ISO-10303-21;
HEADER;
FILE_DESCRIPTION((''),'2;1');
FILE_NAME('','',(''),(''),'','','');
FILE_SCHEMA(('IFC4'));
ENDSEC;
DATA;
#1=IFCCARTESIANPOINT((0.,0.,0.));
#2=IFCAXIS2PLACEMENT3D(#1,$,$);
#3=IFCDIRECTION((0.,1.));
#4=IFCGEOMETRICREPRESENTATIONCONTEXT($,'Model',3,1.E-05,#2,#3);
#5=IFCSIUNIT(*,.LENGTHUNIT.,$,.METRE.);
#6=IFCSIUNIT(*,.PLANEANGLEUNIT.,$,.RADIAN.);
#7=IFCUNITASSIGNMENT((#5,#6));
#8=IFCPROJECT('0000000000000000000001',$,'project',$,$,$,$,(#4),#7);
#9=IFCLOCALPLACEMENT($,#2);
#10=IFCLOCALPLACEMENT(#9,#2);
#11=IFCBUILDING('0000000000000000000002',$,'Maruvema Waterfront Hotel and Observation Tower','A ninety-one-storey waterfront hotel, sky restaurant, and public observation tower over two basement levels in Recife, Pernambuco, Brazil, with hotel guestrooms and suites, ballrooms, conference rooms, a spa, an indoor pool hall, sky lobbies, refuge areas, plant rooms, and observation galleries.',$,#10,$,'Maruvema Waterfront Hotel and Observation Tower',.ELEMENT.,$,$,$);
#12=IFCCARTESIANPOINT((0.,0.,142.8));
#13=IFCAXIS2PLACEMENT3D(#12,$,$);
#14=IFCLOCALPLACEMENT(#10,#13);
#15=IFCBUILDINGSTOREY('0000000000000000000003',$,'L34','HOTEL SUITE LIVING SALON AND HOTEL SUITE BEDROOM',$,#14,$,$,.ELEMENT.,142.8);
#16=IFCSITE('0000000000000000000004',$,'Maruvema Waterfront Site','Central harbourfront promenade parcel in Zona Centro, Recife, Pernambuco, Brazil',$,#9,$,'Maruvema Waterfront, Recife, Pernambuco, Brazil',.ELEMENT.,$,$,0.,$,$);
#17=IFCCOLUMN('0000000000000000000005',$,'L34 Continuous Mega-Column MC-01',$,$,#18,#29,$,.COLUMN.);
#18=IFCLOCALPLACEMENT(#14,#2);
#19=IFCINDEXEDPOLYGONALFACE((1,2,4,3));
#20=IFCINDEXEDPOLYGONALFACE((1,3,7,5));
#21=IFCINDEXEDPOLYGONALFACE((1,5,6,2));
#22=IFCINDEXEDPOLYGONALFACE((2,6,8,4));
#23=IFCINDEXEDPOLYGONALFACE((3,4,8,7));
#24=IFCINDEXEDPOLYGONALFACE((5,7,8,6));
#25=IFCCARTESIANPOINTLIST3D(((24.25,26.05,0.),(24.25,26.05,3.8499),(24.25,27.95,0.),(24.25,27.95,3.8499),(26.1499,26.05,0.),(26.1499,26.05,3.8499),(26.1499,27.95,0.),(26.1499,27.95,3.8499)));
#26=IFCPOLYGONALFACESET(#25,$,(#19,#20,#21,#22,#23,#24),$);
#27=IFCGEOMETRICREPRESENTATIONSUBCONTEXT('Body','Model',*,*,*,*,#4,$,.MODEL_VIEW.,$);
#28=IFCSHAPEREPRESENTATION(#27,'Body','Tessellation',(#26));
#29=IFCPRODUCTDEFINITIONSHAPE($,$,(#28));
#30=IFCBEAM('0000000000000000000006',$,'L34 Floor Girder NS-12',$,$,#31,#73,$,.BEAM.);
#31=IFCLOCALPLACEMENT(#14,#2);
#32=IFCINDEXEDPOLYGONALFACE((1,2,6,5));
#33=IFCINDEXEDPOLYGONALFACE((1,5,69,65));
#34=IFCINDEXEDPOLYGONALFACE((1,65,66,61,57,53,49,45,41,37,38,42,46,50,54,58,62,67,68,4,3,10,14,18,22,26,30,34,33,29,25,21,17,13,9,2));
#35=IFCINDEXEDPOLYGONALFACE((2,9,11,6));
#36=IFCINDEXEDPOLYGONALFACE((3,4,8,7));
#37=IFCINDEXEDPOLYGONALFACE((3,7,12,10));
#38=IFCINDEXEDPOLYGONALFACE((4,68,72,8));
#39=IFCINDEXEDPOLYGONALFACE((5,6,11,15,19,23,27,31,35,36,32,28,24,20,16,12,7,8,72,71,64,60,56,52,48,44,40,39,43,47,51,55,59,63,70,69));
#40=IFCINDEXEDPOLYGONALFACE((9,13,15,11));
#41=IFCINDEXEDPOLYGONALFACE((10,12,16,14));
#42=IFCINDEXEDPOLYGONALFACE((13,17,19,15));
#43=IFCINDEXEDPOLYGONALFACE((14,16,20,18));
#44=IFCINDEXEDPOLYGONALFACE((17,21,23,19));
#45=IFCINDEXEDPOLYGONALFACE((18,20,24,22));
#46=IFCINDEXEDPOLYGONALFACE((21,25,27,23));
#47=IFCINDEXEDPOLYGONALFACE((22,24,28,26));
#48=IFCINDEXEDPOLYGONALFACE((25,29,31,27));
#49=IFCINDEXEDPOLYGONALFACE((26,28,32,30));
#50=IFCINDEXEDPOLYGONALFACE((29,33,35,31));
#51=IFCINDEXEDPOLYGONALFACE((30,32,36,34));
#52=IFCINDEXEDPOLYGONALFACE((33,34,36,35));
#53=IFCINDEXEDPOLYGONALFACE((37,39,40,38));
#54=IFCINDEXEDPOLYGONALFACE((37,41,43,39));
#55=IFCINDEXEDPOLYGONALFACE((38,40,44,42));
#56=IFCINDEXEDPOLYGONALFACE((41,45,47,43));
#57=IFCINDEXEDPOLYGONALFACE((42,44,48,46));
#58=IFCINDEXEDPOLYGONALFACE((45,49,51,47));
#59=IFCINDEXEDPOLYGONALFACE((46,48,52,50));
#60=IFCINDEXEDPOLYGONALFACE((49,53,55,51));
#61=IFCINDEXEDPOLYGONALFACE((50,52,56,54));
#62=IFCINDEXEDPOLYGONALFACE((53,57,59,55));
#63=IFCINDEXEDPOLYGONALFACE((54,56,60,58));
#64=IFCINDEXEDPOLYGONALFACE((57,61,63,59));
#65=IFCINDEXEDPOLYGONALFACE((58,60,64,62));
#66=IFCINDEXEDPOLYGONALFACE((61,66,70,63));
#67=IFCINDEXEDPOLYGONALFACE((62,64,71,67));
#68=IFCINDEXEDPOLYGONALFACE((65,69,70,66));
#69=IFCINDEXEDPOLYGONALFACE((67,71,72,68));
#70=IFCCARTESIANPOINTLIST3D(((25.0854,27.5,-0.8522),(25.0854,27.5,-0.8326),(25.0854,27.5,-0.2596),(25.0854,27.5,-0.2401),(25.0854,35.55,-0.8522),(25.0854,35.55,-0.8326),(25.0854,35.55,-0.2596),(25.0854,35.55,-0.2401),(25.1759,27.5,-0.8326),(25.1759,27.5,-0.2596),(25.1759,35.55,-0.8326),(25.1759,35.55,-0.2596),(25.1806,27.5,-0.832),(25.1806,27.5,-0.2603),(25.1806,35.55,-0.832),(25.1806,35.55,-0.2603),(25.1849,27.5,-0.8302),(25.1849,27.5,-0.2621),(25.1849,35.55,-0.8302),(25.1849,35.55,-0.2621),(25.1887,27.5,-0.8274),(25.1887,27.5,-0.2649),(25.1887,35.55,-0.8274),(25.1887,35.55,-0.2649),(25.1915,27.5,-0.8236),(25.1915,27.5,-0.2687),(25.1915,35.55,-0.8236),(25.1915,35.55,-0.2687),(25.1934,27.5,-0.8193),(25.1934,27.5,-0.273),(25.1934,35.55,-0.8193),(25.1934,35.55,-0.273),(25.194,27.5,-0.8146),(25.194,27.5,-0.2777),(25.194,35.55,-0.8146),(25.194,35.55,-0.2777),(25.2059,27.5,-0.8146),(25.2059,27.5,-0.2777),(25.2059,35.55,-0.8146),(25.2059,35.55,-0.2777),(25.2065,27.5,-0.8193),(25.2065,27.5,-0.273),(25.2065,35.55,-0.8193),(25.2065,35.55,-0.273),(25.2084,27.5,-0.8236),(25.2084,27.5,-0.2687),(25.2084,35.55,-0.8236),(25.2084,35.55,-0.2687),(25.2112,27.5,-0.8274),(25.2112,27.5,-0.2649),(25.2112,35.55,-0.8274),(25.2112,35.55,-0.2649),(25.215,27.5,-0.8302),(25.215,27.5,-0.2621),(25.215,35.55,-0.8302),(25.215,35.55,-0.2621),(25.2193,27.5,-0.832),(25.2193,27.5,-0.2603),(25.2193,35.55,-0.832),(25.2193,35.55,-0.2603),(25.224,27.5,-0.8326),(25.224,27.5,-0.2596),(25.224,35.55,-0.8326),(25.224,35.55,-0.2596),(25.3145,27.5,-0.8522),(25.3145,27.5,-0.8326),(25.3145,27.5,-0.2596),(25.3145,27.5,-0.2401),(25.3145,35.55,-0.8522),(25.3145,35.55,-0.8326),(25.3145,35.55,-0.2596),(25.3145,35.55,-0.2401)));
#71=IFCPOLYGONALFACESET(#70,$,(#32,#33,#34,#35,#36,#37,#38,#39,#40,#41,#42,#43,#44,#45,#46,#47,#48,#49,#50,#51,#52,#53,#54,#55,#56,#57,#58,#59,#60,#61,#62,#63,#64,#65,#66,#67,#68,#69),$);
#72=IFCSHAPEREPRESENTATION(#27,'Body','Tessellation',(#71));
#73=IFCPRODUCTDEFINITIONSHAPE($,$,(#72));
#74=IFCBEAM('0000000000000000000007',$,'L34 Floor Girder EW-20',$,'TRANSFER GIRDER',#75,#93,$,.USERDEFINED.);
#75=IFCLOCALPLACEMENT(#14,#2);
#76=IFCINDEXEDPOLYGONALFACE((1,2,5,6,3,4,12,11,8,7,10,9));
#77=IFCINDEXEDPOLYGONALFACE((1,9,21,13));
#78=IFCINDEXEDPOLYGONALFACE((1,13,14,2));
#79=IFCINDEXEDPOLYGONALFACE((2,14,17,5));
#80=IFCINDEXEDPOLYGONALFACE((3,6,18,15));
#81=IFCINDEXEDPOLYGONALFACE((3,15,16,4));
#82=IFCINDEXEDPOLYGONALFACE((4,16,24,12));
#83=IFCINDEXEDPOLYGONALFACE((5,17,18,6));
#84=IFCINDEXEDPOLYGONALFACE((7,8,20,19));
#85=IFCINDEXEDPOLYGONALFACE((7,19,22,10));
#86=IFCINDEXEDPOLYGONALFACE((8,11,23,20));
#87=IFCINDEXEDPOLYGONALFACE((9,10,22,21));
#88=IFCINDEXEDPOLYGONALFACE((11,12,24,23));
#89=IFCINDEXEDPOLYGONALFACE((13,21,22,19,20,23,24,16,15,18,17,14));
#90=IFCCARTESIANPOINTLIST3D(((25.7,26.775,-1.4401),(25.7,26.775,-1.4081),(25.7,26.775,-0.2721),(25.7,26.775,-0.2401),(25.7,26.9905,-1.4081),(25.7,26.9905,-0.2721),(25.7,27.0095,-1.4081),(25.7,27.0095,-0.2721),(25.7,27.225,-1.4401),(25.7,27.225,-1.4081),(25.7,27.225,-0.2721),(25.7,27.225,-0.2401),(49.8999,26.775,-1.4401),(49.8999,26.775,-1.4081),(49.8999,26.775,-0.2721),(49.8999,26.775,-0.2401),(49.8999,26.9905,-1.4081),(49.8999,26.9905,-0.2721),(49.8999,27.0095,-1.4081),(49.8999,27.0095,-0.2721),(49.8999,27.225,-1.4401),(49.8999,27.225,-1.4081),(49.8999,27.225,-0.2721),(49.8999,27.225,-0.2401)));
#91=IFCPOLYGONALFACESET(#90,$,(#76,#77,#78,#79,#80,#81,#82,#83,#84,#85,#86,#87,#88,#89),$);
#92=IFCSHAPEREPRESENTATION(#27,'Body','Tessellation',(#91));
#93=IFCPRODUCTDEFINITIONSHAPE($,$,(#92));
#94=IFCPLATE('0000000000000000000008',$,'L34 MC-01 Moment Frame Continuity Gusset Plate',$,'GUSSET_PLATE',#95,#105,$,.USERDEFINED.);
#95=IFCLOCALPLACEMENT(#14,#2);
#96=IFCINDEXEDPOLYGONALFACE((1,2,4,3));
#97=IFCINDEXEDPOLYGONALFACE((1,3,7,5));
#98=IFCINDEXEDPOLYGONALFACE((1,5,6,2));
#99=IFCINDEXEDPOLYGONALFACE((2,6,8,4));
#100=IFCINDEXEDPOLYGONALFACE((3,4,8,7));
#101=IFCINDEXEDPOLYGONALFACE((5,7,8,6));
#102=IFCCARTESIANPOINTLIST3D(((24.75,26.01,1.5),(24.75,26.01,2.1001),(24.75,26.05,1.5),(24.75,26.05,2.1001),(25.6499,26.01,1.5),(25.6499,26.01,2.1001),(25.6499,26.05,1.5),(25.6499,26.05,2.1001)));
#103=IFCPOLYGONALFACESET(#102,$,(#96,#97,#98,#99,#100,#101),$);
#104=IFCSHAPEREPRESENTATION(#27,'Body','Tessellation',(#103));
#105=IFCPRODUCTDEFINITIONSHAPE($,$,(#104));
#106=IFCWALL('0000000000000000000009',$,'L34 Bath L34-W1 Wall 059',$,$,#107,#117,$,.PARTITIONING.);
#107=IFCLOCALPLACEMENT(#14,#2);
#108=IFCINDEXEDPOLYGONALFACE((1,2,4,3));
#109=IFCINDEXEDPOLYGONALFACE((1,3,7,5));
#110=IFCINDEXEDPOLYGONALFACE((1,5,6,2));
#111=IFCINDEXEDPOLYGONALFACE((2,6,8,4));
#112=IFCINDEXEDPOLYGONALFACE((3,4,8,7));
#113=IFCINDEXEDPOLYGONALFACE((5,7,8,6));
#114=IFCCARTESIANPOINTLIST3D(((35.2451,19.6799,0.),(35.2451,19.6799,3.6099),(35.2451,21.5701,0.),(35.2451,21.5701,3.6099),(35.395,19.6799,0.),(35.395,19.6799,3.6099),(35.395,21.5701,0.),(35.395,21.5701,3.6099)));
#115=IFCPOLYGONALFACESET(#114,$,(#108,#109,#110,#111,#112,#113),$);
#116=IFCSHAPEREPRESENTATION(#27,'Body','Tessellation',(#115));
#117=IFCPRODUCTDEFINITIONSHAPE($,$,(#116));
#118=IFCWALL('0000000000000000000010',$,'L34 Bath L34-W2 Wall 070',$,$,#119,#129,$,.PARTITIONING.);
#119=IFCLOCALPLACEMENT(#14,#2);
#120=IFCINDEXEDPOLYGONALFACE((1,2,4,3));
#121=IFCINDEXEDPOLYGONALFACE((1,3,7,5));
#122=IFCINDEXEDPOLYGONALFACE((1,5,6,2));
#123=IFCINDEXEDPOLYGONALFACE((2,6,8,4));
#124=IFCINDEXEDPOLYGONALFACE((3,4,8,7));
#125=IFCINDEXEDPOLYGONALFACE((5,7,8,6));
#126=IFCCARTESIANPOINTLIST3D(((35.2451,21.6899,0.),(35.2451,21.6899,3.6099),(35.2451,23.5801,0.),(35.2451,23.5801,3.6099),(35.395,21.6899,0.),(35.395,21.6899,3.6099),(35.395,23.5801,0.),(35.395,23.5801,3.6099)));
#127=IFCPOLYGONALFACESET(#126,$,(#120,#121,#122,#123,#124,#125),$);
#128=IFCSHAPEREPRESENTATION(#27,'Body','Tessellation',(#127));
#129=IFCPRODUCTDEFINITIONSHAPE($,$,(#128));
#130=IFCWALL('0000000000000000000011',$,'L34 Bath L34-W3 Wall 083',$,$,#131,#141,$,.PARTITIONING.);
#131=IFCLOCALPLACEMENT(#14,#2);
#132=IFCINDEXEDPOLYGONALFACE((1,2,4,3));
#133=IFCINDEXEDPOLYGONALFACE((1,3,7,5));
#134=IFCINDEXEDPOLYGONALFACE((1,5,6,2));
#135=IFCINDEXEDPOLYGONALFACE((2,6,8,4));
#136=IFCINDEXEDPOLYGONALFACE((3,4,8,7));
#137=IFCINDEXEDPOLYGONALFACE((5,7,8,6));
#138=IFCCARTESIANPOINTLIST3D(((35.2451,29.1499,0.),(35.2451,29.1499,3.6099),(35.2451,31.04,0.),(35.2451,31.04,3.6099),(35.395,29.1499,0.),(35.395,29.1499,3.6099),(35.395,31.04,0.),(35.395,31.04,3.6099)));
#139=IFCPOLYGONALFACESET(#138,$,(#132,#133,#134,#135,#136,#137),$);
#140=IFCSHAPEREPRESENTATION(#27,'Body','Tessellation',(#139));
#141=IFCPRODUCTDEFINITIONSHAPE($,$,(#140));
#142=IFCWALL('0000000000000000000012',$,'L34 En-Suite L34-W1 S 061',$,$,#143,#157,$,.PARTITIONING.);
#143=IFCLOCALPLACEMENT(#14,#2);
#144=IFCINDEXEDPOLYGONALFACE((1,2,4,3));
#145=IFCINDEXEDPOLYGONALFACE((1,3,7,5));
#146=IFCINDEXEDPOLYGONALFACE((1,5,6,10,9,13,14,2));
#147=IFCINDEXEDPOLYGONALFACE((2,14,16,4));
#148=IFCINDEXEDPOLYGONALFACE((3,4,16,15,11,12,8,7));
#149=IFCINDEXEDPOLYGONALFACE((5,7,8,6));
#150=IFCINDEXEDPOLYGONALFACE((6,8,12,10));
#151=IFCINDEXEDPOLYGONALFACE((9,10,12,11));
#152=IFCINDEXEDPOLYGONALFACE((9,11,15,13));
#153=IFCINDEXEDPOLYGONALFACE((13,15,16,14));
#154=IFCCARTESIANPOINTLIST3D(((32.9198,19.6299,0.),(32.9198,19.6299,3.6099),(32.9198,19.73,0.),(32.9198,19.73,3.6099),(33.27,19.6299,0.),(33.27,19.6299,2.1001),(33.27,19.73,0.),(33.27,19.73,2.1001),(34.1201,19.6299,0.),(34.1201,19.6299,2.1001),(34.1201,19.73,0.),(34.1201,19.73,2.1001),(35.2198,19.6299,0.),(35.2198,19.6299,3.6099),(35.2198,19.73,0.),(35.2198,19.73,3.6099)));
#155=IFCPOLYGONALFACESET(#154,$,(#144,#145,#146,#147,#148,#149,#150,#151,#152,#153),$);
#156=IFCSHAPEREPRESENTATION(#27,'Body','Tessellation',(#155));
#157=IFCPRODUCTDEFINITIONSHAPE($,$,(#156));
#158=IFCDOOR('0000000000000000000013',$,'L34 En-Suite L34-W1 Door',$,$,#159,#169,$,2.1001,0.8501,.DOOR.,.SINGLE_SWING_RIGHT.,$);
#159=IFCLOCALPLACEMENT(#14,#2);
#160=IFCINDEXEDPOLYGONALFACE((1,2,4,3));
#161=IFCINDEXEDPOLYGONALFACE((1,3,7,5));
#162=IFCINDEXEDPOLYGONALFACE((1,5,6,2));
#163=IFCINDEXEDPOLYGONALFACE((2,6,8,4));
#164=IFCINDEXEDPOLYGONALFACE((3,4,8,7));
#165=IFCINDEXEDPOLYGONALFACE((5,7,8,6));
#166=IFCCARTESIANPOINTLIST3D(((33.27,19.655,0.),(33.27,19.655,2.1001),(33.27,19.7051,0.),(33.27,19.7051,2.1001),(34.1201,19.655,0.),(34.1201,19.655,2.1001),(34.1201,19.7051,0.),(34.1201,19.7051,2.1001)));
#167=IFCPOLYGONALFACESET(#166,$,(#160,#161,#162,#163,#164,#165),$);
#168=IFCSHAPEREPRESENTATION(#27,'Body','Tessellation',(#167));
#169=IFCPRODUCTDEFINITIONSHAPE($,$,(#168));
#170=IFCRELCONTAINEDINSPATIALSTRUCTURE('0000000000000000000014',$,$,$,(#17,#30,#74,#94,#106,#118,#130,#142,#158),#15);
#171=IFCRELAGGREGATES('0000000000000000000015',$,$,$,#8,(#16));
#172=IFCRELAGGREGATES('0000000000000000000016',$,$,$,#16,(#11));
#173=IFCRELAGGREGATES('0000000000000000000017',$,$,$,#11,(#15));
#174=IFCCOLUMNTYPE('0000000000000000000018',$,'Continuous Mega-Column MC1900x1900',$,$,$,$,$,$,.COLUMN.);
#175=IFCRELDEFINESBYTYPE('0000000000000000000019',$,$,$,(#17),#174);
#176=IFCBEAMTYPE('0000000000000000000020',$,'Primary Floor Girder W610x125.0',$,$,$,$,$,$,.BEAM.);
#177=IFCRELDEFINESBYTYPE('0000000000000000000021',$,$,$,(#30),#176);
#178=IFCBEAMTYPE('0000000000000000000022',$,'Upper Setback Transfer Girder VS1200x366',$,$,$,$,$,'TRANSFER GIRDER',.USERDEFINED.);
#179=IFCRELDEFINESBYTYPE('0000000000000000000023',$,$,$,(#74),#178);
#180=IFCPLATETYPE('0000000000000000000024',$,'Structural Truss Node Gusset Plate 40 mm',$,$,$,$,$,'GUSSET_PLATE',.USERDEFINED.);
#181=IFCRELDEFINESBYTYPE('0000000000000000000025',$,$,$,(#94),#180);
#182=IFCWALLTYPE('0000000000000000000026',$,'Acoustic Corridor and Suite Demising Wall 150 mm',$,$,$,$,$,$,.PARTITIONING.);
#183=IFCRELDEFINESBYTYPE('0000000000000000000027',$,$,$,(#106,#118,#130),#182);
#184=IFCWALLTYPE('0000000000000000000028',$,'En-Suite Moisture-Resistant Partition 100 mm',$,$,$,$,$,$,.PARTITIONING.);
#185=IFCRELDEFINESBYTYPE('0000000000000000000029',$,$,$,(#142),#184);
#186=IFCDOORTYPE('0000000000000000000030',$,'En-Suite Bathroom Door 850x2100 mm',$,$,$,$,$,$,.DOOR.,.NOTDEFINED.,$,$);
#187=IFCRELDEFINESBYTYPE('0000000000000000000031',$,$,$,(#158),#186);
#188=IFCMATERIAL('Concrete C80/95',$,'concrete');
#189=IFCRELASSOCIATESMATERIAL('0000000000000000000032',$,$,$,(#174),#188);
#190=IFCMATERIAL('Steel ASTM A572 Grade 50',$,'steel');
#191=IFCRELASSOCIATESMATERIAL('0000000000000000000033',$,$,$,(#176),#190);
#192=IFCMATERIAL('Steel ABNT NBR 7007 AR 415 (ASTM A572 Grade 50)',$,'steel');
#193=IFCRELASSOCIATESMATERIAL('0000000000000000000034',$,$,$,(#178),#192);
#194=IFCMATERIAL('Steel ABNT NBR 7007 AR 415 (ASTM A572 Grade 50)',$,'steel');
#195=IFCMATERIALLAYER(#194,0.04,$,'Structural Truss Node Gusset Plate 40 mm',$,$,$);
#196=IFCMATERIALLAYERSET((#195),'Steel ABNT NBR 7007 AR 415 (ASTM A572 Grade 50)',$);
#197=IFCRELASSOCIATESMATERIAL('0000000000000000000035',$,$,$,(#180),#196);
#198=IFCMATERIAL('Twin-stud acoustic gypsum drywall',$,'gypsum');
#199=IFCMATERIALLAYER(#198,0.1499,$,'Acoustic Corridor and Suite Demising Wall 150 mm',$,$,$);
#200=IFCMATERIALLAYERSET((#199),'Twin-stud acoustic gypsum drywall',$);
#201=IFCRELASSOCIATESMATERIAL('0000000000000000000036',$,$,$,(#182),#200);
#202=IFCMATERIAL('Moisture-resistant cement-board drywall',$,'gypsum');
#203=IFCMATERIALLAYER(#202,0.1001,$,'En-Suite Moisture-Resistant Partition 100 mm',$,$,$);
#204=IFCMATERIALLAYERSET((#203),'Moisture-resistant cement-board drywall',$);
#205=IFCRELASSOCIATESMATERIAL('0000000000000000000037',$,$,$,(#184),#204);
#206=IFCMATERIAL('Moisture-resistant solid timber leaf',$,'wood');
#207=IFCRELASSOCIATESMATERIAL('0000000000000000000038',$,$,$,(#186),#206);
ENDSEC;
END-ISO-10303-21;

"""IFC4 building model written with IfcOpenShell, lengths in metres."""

from ifc_helpers import new_model, si_unit, direction, frame, frame_2d, origin, origin_2d, place, context, subcontext, project, spatial, rectangle, i_section, extrude, material, layer, layer_set, material_profile, profile_set, type_object, element, fill, save


model = new_model("IFC4")

# Units and contexts
model_context = context("Model", 3, precision=1e-05, world=origin(), true_north=direction((0.0, 1.0)))
body_context = subcontext(model_context, "Body", "Model", "MODEL_VIEW")
ifc_project = project(units=[si_unit("LENGTHUNIT", "METRE"), si_unit("PLANEANGLEUNIT", "RADIAN")], contexts=[model_context])

# Site, building, storey
site_placement = place(None, origin())
site = spatial("IfcSite", under=ifc_project, at=site_placement, Name="Maruvema Waterfront Site", Description="Central harbourfront promenade parcel in Zona Centro, Recife, Pernambuco, Brazil", LongName="Maruvema Waterfront, Recife, Pernambuco, Brazil", CompositionType="ELEMENT", RefElevation=0.0)
building_placement = place(site_placement, origin())
building = spatial("IfcBuilding", under=site, at=building_placement, Name="Maruvema Waterfront Hotel and Observation Tower", Description="A ninety-one-storey waterfront hotel, sky restaurant, and public observation tower over two basement levels in Recife, Pernambuco, Brazil, with hotel guestrooms and suites, ballrooms, conference rooms, a spa, an indoor pool hall, sky lobbies, refuge areas, plant rooms, and observation galleries.", LongName="Maruvema Waterfront Hotel and Observation Tower", CompositionType="ELEMENT")
storey_placement = place(building_placement, frame((0.0, 0.0, 142.8)))
storey = spatial("IfcBuildingStorey", under=building, at=storey_placement, Name="L34", Description="HOTEL SUITE LIVING SALON AND HOTEL SUITE BEDROOM", CompositionType="ELEMENT", Elevation=142.8)

# Column
ifc_material_1 = material(Name="Concrete C80/95", Category="concrete")
ifc_material_profile_1 = material_profile(ifc_material_1, rectangle(XDim=1.8999, YDim=1.8999, at=origin_2d()), Name="MC1900x1900")
ifc_profile_set_1 = profile_set([ifc_material_profile_1], Name="Concrete C80/95")
column_type = type_object("IfcColumnType", Name="Continuous Mega-Column MC1900x1900", PredefinedType="COLUMN", material=ifc_profile_set_1)
column_placement = place(storey_placement, frame((25.2, 27.0, 0.0), z_axis=(0.0, 0.0, 1.0), x_axis=(1.0, 0.0, 0.0)))
element("IfcColumn", 1, at=column_placement, inside=storey, type_object=column_type, Name="L34 Continuous Mega-Column MC-01", PredefinedType="COLUMN", context=body_context, shape_type="SweptSolid", body=[
    extrude(rectangle(XDim=1.8999, YDim=1.8999, at=origin_2d()), origin(), (0.0, 0.0, 1.0), 3.8499),
])

# Beams
ifc_material_2 = material(Name="Steel ASTM A572 Grade 50", Category="steel")
ifc_material_profile_2 = material_profile(ifc_material_2, i_section(OverallWidth=0.229, OverallDepth=0.6121, WebThickness=0.012, FlangeThickness=0.0195, FilletRadius=0.0181, at=origin_2d()), Name="W610x125.0")
ifc_profile_set_2 = profile_set([ifc_material_profile_2], Name="Steel ASTM A572 Grade 50")
beam_type_1 = type_object("IfcBeamType", Name="Primary Floor Girder W610x125.0", PredefinedType="BEAM", material=ifc_profile_set_2)
beam_1_placement = place(storey_placement, frame((25.2, 27.5, -0.5461), z_axis=(0.0, 1.0, 0.0), x_axis=(-1.0, 0.0, 0.0)))
element("IfcBeam", 2, at=beam_1_placement, inside=storey, type_object=beam_type_1, Name="L34 Floor Girder NS-12", PredefinedType="BEAM", context=body_context, shape_type="SweptSolid", body=[
    extrude(i_section(OverallWidth=0.229, OverallDepth=0.6121, WebThickness=0.012, FlangeThickness=0.0195, FilletRadius=0.0181, at=origin_2d()), origin(), (0.0, 0.0, 1.0), 8.05),
])
ifc_material_3 = material(Name="Steel ABNT NBR 7007 AR 415 (ASTM A572 Grade 50)", Category="steel")
ifc_material_profile_3 = material_profile(ifc_material_3, i_section(OverallWidth=0.45, OverallDepth=1.2, WebThickness=0.019, FlangeThickness=0.032, at=origin_2d()), Name="VS1200x366")
ifc_profile_set_3 = profile_set([ifc_material_profile_3], Name="Steel ABNT NBR 7007 AR 415 (ASTM A572 Grade 50)")
beam_type_2 = type_object("IfcBeamType", Name="Upper Setback Transfer Girder VS1200x366", ElementType="TRANSFER GIRDER", PredefinedType="USERDEFINED", material=ifc_profile_set_3)
beam_2_placement = place(storey_placement, frame((25.7, 27.0, -0.8401), z_axis=(1.0, 0.0, 0.0), x_axis=(0.0, 1.0, 0.0)))
element("IfcBeam", 3, at=beam_2_placement, inside=storey, type_object=beam_type_2, Name="L34 Floor Girder EW-20", ObjectType="TRANSFER GIRDER", PredefinedType="USERDEFINED", context=body_context, shape_type="SweptSolid", body=[
    extrude(i_section(OverallWidth=0.45, OverallDepth=1.2, WebThickness=0.019, FlangeThickness=0.032, at=origin_2d()), origin(), (0.0, 0.0, 1.0), 24.2),
])

# Plate
ifc_material_4 = material(Name="Steel ABNT NBR 7007 AR 415 (ASTM A572 Grade 50)", Category="steel")
ifc_layer_1 = layer(ifc_material_4, 0.04, Name="Structural Truss Node Gusset Plate 40 mm")
ifc_layer_set_1 = layer_set([ifc_layer_1], Name="Steel ABNT NBR 7007 AR 415 (ASTM A572 Grade 50)")
plate_type = type_object("IfcPlateType", Name="Structural Truss Node Gusset Plate 40 mm", ElementType="GUSSET_PLATE", PredefinedType="USERDEFINED", material=ifc_layer_set_1)
plate_placement = place(storey_placement, frame((25.2, 26.03, 1.5), z_axis=(0.0, 0.0, 1.0), x_axis=(1.0, 0.0, 0.0)))
element("IfcPlate", 4, at=plate_placement, inside=storey, type_object=plate_type, Name="L34 MC-01 Moment Frame Continuity Gusset Plate", ObjectType="GUSSET_PLATE", PredefinedType="USERDEFINED", context=body_context, shape_type="SweptSolid", body=[
    extrude(rectangle(XDim=0.8999, YDim=0.04, at=origin_2d()), origin(), (0.0, 0.0, 1.0), 0.6001),
])

# Walls
ifc_material_5 = material(Name="Twin-stud acoustic gypsum drywall", Category="gypsum")
ifc_layer_2 = layer(ifc_material_5, 0.1499, Name="Acoustic Corridor and Suite Demising Wall 150 mm")
ifc_layer_set_2 = layer_set([ifc_layer_2], Name="Twin-stud acoustic gypsum drywall")
wall_type_1 = type_object("IfcWallType", Name="Acoustic Corridor and Suite Demising Wall 150 mm", PredefinedType="PARTITIONING", material=ifc_layer_set_2)
for number, where, z_axis, x_axis, name in (
    (5, (35.3201, 19.6799, 0.0), (0.0, 0.0, 1.0), (0.0, 1.0, 0.0), "L34 Bath L34-W1 Wall 059"),
    (6, (35.3201, 21.6899, 0.0), (0.0, 0.0, 1.0), (0.0, 1.0, 0.0), "L34 Bath L34-W2 Wall 070"),
):
    element("IfcWall", number, at=place(storey_placement, frame(where, z_axis=z_axis, x_axis=x_axis)), inside=storey, type_object=wall_type_1, Name=name, PredefinedType="PARTITIONING", context=body_context, shape_type="SweptSolid", body=[
        extrude(rectangle(XDim=1.8901, YDim=0.1499, at=frame_2d((0.9451, 0.0))), origin(), (0.0, 0.0, 1.0), 3.6099),
    ])

# Wall
wall_1_placement = place(storey_placement, frame((35.3201, 29.1499, 0.0), z_axis=(0.0, 0.0, 1.0), x_axis=(0.0, 1.0, 0.0)))
element("IfcWall", 7, at=wall_1_placement, inside=storey, type_object=wall_type_1, Name="L34 Bath L34-W3 Wall 083", PredefinedType="PARTITIONING", context=body_context, shape_type="SweptSolid", body=[
    extrude(rectangle(XDim=1.8901, YDim=0.1499, at=frame_2d((0.9451, 0.0))), origin(), (0.0, 0.0, 1.0), 3.6099),
])

# Wall, opening, door
ifc_material_6 = material(Name="Moisture-resistant cement-board drywall", Category="gypsum")
ifc_layer_3 = layer(ifc_material_6, 0.1001, Name="En-Suite Moisture-Resistant Partition 100 mm")
ifc_layer_set_3 = layer_set([ifc_layer_3], Name="Moisture-resistant cement-board drywall")
wall_type_2 = type_object("IfcWallType", Name="En-Suite Moisture-Resistant Partition 100 mm", PredefinedType="PARTITIONING", material=ifc_layer_set_3)
wall_2_placement = place(storey_placement, frame((32.9199, 19.6799, 0.0), z_axis=(0.0, 0.0, 1.0), x_axis=(1.0, 0.0, 0.0)))
wall_2 = element("IfcWall", 8, at=wall_2_placement, inside=storey, type_object=wall_type_2, Name="L34 En-Suite L34-W1 S 061", PredefinedType="PARTITIONING", context=body_context, shape_type="SweptSolid", body=[
    extrude(rectangle(XDim=2.3, YDim=0.1001, at=frame_2d((1.1499, 0.0))), origin(), (0.0, 0.0, 1.0), 3.6099),
])
opening_1_placement = place(wall_2_placement, frame((0.3501, 0.0, 0.0)))
opening_1 = element("IfcOpeningElement", 9, at=opening_1_placement, cuts=wall_2, PredefinedType="OPENING", context=body_context, shape_type="SweptSolid", body=[
    extrude(rectangle(XDim=0.8501, YDim=2.1001, at=frame_2d((0.425, 1.05))), frame((0.0, 0.0601, 0.0), z_axis=(0.0, -1.0, 0.0), x_axis=(1.0, 0.0, 0.0)), (0.0, 0.0, 1.0), 0.1201),
])
ifc_material_7 = material(Name="Moisture-resistant solid timber leaf", Category="wood")
door_type_1 = type_object("IfcDoorType", Name="En-Suite Bathroom Door 850x2100 mm", OperationType="NOTDEFINED", PredefinedType="DOOR", material=ifc_material_7)
door_1_placement = place(opening_1_placement, frame((0.8501, 0.0, 0.0), z_axis=(0.0, 0.0, 1.0), x_axis=(-1.0, 0.0, 0.0)))
door_1 = element("IfcDoor", 10, at=door_1_placement, inside=storey, type_object=door_type_1, Name="L34 En-Suite L34-W1 Door", OperationType="SINGLE_SWING_RIGHT", OverallHeight=2.1001, OverallWidth=0.8501, PredefinedType="DOOR", context=body_context, shape_type="SweptSolid", body=[
    extrude(rectangle(XDim=0.8501, YDim=2.1001, at=frame_2d((0.425, 1.05))), frame((0.0, 0.0249, 0.0), z_axis=(0.0, -1.0, 0.0), x_axis=(1.0, 0.0, 0.0)), (0.0, 0.0, 1.0), 0.05),
])
fill(opening_1, door_1)

save(model, "model.ifc")
